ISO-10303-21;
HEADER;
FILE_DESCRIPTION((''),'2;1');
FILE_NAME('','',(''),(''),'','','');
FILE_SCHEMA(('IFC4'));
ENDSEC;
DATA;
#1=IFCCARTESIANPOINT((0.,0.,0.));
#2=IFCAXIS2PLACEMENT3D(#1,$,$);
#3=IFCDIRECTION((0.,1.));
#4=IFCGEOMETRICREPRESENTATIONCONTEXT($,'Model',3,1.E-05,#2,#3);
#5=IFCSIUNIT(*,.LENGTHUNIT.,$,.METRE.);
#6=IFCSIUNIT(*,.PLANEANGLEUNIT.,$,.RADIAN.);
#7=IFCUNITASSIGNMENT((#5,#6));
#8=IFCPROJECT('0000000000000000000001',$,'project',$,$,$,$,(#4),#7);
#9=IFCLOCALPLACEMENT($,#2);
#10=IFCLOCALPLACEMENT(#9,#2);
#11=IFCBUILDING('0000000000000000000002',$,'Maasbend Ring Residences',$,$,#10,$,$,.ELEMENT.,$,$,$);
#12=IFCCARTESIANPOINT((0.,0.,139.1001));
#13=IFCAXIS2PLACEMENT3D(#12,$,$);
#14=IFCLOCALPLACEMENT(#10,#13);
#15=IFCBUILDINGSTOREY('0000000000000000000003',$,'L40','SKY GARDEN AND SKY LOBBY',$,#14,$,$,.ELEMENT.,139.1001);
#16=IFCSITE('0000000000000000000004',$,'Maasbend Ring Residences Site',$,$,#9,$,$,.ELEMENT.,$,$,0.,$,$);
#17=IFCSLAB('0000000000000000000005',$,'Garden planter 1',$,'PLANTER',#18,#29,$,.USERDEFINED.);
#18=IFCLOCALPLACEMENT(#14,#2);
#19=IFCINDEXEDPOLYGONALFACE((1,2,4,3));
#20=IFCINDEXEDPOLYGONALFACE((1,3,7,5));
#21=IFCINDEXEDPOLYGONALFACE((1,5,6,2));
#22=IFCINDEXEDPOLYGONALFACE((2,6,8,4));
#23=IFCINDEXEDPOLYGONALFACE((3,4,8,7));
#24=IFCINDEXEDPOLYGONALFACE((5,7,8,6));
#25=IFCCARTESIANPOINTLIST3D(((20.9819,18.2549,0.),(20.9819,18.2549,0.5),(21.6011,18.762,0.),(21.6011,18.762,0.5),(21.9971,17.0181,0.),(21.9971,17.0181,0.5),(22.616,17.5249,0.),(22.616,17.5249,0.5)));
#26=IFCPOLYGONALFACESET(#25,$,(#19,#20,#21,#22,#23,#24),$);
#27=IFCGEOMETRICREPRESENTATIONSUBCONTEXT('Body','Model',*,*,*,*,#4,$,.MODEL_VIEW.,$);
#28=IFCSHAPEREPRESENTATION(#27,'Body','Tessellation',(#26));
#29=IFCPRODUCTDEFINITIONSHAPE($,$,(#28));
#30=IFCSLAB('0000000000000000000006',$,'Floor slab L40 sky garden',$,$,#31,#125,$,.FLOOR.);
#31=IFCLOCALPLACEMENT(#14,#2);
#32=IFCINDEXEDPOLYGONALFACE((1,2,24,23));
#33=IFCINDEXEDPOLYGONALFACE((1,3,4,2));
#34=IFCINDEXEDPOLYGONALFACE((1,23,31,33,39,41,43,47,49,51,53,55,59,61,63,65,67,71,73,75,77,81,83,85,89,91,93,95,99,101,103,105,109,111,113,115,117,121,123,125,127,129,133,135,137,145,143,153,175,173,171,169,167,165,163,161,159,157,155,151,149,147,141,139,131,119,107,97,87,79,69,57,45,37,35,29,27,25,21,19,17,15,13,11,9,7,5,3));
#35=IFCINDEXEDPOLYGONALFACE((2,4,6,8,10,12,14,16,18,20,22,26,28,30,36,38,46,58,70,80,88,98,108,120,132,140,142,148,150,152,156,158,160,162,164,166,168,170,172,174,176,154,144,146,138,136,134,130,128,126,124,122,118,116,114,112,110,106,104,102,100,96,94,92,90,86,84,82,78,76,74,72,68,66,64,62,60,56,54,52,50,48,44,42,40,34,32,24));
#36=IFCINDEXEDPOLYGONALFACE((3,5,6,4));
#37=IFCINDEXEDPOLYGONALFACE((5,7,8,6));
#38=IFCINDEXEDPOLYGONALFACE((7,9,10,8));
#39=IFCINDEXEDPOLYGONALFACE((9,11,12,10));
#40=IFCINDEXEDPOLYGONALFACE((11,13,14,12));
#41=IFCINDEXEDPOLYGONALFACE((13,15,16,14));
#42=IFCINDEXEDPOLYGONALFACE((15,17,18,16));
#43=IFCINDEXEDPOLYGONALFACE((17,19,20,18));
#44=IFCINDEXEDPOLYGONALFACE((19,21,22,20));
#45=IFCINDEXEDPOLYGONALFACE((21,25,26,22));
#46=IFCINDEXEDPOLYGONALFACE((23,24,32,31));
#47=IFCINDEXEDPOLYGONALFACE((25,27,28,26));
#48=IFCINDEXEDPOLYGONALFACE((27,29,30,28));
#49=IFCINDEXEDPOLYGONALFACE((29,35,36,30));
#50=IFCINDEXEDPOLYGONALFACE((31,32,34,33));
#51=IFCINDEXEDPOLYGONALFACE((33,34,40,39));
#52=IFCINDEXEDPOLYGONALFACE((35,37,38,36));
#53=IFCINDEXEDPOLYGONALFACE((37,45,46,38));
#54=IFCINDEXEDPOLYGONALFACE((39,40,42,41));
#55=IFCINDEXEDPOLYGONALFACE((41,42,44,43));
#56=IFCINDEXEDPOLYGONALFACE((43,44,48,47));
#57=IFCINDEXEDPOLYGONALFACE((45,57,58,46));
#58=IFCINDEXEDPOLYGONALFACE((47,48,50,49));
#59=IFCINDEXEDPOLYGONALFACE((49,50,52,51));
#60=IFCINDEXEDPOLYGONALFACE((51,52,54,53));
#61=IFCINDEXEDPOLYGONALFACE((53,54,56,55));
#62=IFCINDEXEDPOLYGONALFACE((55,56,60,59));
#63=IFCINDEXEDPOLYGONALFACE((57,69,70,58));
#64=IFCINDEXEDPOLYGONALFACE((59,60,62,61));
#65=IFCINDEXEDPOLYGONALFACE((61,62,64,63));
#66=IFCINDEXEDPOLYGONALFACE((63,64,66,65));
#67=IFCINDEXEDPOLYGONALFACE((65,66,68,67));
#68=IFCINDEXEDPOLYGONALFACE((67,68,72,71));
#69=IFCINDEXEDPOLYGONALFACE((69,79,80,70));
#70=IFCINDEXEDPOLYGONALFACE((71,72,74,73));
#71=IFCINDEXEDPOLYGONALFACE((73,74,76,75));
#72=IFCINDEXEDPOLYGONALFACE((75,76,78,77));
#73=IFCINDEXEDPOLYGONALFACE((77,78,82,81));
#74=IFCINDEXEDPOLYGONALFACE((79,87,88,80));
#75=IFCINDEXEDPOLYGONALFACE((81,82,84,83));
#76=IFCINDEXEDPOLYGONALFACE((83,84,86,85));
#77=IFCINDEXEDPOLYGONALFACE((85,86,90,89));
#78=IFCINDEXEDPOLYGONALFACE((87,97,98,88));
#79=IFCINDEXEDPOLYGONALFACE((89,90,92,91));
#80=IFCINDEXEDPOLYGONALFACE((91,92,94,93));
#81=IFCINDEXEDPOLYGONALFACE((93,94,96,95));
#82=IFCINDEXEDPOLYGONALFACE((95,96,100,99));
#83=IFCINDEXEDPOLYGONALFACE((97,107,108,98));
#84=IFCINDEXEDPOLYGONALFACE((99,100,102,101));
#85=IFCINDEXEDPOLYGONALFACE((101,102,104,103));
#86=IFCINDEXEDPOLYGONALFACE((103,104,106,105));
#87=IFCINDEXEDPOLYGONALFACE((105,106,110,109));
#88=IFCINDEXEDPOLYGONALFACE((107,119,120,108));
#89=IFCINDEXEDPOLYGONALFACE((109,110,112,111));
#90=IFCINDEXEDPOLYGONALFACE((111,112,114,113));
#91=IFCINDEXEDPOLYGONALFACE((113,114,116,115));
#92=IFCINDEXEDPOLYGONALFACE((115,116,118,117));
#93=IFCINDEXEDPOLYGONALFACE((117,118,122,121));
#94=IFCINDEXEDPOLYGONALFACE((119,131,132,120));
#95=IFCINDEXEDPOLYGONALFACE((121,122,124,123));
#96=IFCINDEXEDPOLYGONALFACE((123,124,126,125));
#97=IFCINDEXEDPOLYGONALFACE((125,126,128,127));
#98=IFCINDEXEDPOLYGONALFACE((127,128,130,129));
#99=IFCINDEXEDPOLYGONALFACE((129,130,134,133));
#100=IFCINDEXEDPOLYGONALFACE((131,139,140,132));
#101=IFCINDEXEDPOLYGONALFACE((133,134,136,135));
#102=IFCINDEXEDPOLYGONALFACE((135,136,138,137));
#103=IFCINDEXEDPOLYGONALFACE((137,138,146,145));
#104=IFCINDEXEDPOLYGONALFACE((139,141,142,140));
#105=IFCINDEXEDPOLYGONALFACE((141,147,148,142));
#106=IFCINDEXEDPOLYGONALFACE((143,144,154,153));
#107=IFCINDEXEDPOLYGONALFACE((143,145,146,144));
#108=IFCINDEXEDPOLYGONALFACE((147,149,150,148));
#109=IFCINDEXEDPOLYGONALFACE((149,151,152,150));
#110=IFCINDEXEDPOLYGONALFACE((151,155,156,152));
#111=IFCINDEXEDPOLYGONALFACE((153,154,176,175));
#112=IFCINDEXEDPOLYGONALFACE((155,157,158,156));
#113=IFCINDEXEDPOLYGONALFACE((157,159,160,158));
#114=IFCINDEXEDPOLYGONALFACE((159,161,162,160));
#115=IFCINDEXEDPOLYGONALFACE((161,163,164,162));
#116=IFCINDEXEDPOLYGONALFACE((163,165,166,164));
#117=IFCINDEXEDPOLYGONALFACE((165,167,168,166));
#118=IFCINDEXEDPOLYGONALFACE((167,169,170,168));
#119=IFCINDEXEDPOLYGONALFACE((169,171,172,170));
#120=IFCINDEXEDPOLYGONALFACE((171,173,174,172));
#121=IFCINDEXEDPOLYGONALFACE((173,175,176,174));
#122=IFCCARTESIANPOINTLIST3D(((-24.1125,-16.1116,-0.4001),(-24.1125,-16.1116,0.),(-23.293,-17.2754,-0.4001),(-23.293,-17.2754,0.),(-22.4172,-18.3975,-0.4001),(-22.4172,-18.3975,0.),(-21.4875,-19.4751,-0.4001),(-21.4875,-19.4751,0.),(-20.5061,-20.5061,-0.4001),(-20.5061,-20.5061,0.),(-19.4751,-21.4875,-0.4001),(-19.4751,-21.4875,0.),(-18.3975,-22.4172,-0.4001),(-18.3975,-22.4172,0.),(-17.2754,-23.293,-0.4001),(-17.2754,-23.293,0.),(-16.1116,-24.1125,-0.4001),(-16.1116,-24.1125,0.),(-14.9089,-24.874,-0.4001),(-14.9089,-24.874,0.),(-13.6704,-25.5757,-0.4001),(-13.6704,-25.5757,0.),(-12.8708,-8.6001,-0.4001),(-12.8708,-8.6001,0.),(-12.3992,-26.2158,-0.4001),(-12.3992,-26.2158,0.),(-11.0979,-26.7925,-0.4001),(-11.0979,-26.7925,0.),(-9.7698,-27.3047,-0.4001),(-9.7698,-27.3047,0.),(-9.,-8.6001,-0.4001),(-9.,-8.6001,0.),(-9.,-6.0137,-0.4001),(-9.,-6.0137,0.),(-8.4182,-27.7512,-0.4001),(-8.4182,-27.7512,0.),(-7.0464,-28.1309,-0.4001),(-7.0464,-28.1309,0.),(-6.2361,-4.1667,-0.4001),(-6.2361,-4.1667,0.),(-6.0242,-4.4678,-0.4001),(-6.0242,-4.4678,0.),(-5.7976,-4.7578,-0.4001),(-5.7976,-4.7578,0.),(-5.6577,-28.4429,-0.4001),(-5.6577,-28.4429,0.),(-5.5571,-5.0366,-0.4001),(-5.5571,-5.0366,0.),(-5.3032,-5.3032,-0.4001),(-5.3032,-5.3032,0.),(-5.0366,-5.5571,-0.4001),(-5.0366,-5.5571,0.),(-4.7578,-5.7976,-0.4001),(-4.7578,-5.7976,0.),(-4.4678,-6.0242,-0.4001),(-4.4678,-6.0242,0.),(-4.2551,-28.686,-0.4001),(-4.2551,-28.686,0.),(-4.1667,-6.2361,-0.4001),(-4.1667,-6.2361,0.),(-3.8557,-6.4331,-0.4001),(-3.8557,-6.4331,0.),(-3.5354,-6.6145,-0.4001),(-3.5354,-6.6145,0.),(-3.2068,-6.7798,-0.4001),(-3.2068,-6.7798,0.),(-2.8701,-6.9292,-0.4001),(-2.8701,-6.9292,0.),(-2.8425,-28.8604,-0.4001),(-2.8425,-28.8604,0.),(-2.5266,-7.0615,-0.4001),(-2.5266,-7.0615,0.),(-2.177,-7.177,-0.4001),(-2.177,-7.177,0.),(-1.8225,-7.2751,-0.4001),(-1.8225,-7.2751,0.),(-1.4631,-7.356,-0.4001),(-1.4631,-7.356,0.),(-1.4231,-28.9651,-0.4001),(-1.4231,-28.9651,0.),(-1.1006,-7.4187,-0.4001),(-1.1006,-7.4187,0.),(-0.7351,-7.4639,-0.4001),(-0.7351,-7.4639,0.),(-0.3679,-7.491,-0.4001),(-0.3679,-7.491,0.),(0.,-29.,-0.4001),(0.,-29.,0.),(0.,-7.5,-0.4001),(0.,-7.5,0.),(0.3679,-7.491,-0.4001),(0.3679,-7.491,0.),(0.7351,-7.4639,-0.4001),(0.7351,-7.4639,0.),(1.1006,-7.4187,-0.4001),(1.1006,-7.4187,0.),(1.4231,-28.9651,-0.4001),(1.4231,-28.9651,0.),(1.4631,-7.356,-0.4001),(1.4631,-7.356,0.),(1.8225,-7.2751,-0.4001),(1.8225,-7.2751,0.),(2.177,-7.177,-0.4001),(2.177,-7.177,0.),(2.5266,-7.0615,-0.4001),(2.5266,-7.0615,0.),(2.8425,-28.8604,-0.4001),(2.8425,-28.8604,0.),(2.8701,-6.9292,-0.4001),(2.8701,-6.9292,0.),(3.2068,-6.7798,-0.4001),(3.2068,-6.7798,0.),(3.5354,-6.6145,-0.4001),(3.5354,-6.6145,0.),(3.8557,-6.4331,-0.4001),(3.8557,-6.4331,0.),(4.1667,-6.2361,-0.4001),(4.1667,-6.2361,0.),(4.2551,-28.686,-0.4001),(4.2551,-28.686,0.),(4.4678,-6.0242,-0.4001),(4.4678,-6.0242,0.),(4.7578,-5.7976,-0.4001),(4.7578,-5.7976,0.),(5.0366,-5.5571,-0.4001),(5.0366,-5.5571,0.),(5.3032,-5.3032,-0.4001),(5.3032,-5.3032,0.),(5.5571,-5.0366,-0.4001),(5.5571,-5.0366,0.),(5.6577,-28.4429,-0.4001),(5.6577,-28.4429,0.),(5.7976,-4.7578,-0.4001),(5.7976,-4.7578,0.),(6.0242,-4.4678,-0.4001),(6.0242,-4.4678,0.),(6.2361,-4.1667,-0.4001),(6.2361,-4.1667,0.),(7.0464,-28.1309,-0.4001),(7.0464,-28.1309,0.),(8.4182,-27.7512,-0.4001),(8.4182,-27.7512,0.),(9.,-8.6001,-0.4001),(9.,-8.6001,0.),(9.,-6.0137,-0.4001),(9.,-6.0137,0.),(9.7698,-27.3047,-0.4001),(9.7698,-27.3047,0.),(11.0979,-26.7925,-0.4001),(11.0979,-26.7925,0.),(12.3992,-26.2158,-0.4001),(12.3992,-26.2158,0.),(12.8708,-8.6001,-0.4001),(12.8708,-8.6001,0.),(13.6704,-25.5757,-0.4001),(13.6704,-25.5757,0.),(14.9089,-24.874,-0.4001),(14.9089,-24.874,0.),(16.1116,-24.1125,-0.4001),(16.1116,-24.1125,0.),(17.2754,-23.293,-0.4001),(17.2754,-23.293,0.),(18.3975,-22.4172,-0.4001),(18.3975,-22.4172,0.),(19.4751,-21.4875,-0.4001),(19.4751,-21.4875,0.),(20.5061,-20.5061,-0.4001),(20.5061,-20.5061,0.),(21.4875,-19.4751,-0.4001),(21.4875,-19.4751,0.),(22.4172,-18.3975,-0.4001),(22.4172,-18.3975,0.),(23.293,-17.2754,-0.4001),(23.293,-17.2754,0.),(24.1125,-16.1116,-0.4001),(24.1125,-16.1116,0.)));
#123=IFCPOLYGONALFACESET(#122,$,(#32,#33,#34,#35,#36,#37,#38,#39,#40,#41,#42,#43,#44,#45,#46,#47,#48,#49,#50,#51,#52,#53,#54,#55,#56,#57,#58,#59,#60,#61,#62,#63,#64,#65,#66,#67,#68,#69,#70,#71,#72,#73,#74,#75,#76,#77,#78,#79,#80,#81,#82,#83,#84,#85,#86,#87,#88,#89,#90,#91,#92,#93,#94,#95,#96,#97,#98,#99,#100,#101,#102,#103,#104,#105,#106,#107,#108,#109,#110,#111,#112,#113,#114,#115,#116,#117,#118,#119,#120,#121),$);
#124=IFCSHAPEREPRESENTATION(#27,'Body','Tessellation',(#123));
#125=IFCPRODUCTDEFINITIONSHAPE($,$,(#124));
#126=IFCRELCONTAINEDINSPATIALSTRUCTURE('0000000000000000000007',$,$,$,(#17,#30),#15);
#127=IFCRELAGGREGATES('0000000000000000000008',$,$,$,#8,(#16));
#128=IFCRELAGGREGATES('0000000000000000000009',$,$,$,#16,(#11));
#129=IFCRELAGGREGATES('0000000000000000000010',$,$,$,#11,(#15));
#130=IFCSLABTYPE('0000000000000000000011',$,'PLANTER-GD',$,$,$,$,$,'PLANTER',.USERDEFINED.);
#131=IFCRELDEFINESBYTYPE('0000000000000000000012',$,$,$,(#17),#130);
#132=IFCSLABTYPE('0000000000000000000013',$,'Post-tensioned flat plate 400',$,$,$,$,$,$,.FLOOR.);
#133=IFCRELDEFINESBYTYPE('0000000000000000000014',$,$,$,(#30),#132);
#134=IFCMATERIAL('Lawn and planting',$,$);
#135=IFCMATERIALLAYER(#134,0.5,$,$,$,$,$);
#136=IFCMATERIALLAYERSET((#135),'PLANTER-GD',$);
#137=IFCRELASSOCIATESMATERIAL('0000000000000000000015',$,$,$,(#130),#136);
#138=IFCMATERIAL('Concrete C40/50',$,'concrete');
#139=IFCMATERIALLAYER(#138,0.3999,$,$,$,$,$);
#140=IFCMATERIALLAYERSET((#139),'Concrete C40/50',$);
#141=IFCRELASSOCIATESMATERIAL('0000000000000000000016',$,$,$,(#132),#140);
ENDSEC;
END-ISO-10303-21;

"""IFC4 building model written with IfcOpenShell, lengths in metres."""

from ifc_helpers import new_model, si_unit, direction, frame, origin, place, context, subcontext, project, spatial, polyline, outline, extrude, material, layer, layer_set, type_object, element, save


model = new_model("IFC4")

# Units and contexts
model_context = context("Model", 3, precision=1e-05, world=origin(), true_north=direction((0.0, 1.0)))
body_context = subcontext(model_context, "Body", "Model", "MODEL_VIEW")
ifc_project = project(units=[si_unit("LENGTHUNIT", "METRE"), si_unit("PLANEANGLEUNIT", "RADIAN")], contexts=[model_context])

# Site, building, storey
site_placement = place(None, origin())
site = spatial("IfcSite", under=ifc_project, at=site_placement, Name="Maasbend Ring Residences Site", CompositionType="ELEMENT", RefElevation=0.0)
building_placement = place(site_placement, origin())
building = spatial("IfcBuilding", under=site, at=building_placement, Name="Maasbend Ring Residences", CompositionType="ELEMENT")
storey_placement = place(building_placement, frame((0.0, 0.0, 139.1001)))
storey = spatial("IfcBuildingStorey", under=building, at=storey_placement, Name="L40", Description="SKY GARDEN AND SKY LOBBY", CompositionType="ELEMENT", Elevation=139.1001)

# Slabs
ifc_material_1 = material(Name="Lawn and planting")
ifc_layer_1 = layer(ifc_material_1, 0.5)
ifc_layer_set_1 = layer_set([ifc_layer_1], Name="PLANTER-GD")
slab_type_1 = type_object("IfcSlabType", Name="PLANTER-GD", ElementType="PLANTER", PredefinedType="USERDEFINED", material=ifc_layer_set_1)
slab_1_placement = place(storey_placement, origin())
element("IfcSlab", 1, at=slab_1_placement, inside=storey, type_object=slab_type_1, Name="Garden planter 1", ObjectType="PLANTER", PredefinedType="USERDEFINED", context=body_context, shape_type="SweptSolid", body=[
    extrude(outline(polyline([(22.616, 17.5249), (21.6011, 18.762), (20.9819, 18.2549), (21.9971, 17.0181), (22.616, 17.5249)])), origin(), (0.0, 0.0, 1.0), 0.5),
])
ifc_material_2 = material(Name="Concrete C40/50", Category="concrete")
ifc_layer_2 = layer(ifc_material_2, 0.3999)
ifc_layer_set_2 = layer_set([ifc_layer_2], Name="Concrete C40/50")
slab_type_2 = type_object("IfcSlabType", Name="Post-tensioned flat plate 400", PredefinedType="FLOOR", material=ifc_layer_set_2)
slab_2_placement = place(storey_placement, frame((0.0, 0.0, -0.4001)))
element("IfcSlab", 2, at=slab_2_placement, inside=storey, type_object=slab_type_2, Name="Floor slab L40 sky garden", PredefinedType="FLOOR", context=body_context, shape_type="SweptSolid", body=[
    extrude(outline(polyline([(24.1125, -16.1116), (12.8708, -8.6001), (9.0, -8.6001), (9.0, -6.0137), (6.2361, -4.1667), (6.0242, -4.4678), (5.7976, -4.7578), (5.5571, -5.0366), (5.3032, -5.3032), (5.0366, -5.5571), (4.7578, -5.7976), (4.4678, -6.0242), (4.1667, -6.2361), (3.8557, -6.4331), (3.5354, -6.6145), (3.2068, -6.7798), (2.8701, -6.9292), (2.5266, -7.0615), (2.177, -7.177), (1.8225, -7.2751), (1.4631, -7.356), (1.1006, -7.4187), (0.7351, -7.4639), (0.3679, -7.491), (0.0, -7.5), (-0.3679, -7.491), (-0.7351, -7.4639), (-1.1006, -7.4187), (-1.4631, -7.356), (-1.8225, -7.2751), (-2.177, -7.177), (-2.5266, -7.0615), (-2.8701, -6.9292), (-3.2068, -6.7798), (-3.5354, -6.6145), (-3.8557, -6.4331), (-4.1667, -6.2361), (-4.4678, -6.0242), (-4.7578, -5.7976), (-5.0366, -5.5571), (-5.3032, -5.3032), (-5.5571, -5.0366), (-5.7976, -4.7578), (-6.0242, -4.4678), (-6.2361, -4.1667), (-9.0, -6.0137), (-9.0, -8.6001), (-12.8708, -8.6001), (-24.1125, -16.1116), (-23.293, -17.2754), (-22.4172, -18.3975), (-21.4875, -19.4751), (-20.5061, -20.5061), (-19.4751, -21.4875), (-18.3975, -22.4172), (-17.2754, -23.293), (-16.1116, -24.1125), (-14.9089, -24.874), (-13.6704, -25.5757), (-12.3992, -26.2158), (-11.0979, -26.7925), (-9.7698, -27.3047), (-8.4182, -27.7512), (-7.0464, -28.1309), (-5.6577, -28.4429), (-4.2551, -28.686), (-2.8425, -28.8604), (-1.4231, -28.9651), (0.0, -29.0), (1.4231, -28.9651), (2.8425, -28.8604), (4.2551, -28.686), (5.6577, -28.4429), (7.0464, -28.1309), (8.4182, -27.7512), (9.7698, -27.3047), (11.0979, -26.7925), (12.3992, -26.2158), (13.6704, -25.5757), (14.9089, -24.874), (16.1116, -24.1125), (17.2754, -23.293), (18.3975, -22.4172), (19.4751, -21.4875), (20.5061, -20.5061), (21.4875, -19.4751), (22.4172, -18.3975), (23.293, -17.2754), (24.1125, -16.1116)])), origin(), (0.0, 0.0, 1.0), 0.4001),
])

save(model, "model.ifc")
